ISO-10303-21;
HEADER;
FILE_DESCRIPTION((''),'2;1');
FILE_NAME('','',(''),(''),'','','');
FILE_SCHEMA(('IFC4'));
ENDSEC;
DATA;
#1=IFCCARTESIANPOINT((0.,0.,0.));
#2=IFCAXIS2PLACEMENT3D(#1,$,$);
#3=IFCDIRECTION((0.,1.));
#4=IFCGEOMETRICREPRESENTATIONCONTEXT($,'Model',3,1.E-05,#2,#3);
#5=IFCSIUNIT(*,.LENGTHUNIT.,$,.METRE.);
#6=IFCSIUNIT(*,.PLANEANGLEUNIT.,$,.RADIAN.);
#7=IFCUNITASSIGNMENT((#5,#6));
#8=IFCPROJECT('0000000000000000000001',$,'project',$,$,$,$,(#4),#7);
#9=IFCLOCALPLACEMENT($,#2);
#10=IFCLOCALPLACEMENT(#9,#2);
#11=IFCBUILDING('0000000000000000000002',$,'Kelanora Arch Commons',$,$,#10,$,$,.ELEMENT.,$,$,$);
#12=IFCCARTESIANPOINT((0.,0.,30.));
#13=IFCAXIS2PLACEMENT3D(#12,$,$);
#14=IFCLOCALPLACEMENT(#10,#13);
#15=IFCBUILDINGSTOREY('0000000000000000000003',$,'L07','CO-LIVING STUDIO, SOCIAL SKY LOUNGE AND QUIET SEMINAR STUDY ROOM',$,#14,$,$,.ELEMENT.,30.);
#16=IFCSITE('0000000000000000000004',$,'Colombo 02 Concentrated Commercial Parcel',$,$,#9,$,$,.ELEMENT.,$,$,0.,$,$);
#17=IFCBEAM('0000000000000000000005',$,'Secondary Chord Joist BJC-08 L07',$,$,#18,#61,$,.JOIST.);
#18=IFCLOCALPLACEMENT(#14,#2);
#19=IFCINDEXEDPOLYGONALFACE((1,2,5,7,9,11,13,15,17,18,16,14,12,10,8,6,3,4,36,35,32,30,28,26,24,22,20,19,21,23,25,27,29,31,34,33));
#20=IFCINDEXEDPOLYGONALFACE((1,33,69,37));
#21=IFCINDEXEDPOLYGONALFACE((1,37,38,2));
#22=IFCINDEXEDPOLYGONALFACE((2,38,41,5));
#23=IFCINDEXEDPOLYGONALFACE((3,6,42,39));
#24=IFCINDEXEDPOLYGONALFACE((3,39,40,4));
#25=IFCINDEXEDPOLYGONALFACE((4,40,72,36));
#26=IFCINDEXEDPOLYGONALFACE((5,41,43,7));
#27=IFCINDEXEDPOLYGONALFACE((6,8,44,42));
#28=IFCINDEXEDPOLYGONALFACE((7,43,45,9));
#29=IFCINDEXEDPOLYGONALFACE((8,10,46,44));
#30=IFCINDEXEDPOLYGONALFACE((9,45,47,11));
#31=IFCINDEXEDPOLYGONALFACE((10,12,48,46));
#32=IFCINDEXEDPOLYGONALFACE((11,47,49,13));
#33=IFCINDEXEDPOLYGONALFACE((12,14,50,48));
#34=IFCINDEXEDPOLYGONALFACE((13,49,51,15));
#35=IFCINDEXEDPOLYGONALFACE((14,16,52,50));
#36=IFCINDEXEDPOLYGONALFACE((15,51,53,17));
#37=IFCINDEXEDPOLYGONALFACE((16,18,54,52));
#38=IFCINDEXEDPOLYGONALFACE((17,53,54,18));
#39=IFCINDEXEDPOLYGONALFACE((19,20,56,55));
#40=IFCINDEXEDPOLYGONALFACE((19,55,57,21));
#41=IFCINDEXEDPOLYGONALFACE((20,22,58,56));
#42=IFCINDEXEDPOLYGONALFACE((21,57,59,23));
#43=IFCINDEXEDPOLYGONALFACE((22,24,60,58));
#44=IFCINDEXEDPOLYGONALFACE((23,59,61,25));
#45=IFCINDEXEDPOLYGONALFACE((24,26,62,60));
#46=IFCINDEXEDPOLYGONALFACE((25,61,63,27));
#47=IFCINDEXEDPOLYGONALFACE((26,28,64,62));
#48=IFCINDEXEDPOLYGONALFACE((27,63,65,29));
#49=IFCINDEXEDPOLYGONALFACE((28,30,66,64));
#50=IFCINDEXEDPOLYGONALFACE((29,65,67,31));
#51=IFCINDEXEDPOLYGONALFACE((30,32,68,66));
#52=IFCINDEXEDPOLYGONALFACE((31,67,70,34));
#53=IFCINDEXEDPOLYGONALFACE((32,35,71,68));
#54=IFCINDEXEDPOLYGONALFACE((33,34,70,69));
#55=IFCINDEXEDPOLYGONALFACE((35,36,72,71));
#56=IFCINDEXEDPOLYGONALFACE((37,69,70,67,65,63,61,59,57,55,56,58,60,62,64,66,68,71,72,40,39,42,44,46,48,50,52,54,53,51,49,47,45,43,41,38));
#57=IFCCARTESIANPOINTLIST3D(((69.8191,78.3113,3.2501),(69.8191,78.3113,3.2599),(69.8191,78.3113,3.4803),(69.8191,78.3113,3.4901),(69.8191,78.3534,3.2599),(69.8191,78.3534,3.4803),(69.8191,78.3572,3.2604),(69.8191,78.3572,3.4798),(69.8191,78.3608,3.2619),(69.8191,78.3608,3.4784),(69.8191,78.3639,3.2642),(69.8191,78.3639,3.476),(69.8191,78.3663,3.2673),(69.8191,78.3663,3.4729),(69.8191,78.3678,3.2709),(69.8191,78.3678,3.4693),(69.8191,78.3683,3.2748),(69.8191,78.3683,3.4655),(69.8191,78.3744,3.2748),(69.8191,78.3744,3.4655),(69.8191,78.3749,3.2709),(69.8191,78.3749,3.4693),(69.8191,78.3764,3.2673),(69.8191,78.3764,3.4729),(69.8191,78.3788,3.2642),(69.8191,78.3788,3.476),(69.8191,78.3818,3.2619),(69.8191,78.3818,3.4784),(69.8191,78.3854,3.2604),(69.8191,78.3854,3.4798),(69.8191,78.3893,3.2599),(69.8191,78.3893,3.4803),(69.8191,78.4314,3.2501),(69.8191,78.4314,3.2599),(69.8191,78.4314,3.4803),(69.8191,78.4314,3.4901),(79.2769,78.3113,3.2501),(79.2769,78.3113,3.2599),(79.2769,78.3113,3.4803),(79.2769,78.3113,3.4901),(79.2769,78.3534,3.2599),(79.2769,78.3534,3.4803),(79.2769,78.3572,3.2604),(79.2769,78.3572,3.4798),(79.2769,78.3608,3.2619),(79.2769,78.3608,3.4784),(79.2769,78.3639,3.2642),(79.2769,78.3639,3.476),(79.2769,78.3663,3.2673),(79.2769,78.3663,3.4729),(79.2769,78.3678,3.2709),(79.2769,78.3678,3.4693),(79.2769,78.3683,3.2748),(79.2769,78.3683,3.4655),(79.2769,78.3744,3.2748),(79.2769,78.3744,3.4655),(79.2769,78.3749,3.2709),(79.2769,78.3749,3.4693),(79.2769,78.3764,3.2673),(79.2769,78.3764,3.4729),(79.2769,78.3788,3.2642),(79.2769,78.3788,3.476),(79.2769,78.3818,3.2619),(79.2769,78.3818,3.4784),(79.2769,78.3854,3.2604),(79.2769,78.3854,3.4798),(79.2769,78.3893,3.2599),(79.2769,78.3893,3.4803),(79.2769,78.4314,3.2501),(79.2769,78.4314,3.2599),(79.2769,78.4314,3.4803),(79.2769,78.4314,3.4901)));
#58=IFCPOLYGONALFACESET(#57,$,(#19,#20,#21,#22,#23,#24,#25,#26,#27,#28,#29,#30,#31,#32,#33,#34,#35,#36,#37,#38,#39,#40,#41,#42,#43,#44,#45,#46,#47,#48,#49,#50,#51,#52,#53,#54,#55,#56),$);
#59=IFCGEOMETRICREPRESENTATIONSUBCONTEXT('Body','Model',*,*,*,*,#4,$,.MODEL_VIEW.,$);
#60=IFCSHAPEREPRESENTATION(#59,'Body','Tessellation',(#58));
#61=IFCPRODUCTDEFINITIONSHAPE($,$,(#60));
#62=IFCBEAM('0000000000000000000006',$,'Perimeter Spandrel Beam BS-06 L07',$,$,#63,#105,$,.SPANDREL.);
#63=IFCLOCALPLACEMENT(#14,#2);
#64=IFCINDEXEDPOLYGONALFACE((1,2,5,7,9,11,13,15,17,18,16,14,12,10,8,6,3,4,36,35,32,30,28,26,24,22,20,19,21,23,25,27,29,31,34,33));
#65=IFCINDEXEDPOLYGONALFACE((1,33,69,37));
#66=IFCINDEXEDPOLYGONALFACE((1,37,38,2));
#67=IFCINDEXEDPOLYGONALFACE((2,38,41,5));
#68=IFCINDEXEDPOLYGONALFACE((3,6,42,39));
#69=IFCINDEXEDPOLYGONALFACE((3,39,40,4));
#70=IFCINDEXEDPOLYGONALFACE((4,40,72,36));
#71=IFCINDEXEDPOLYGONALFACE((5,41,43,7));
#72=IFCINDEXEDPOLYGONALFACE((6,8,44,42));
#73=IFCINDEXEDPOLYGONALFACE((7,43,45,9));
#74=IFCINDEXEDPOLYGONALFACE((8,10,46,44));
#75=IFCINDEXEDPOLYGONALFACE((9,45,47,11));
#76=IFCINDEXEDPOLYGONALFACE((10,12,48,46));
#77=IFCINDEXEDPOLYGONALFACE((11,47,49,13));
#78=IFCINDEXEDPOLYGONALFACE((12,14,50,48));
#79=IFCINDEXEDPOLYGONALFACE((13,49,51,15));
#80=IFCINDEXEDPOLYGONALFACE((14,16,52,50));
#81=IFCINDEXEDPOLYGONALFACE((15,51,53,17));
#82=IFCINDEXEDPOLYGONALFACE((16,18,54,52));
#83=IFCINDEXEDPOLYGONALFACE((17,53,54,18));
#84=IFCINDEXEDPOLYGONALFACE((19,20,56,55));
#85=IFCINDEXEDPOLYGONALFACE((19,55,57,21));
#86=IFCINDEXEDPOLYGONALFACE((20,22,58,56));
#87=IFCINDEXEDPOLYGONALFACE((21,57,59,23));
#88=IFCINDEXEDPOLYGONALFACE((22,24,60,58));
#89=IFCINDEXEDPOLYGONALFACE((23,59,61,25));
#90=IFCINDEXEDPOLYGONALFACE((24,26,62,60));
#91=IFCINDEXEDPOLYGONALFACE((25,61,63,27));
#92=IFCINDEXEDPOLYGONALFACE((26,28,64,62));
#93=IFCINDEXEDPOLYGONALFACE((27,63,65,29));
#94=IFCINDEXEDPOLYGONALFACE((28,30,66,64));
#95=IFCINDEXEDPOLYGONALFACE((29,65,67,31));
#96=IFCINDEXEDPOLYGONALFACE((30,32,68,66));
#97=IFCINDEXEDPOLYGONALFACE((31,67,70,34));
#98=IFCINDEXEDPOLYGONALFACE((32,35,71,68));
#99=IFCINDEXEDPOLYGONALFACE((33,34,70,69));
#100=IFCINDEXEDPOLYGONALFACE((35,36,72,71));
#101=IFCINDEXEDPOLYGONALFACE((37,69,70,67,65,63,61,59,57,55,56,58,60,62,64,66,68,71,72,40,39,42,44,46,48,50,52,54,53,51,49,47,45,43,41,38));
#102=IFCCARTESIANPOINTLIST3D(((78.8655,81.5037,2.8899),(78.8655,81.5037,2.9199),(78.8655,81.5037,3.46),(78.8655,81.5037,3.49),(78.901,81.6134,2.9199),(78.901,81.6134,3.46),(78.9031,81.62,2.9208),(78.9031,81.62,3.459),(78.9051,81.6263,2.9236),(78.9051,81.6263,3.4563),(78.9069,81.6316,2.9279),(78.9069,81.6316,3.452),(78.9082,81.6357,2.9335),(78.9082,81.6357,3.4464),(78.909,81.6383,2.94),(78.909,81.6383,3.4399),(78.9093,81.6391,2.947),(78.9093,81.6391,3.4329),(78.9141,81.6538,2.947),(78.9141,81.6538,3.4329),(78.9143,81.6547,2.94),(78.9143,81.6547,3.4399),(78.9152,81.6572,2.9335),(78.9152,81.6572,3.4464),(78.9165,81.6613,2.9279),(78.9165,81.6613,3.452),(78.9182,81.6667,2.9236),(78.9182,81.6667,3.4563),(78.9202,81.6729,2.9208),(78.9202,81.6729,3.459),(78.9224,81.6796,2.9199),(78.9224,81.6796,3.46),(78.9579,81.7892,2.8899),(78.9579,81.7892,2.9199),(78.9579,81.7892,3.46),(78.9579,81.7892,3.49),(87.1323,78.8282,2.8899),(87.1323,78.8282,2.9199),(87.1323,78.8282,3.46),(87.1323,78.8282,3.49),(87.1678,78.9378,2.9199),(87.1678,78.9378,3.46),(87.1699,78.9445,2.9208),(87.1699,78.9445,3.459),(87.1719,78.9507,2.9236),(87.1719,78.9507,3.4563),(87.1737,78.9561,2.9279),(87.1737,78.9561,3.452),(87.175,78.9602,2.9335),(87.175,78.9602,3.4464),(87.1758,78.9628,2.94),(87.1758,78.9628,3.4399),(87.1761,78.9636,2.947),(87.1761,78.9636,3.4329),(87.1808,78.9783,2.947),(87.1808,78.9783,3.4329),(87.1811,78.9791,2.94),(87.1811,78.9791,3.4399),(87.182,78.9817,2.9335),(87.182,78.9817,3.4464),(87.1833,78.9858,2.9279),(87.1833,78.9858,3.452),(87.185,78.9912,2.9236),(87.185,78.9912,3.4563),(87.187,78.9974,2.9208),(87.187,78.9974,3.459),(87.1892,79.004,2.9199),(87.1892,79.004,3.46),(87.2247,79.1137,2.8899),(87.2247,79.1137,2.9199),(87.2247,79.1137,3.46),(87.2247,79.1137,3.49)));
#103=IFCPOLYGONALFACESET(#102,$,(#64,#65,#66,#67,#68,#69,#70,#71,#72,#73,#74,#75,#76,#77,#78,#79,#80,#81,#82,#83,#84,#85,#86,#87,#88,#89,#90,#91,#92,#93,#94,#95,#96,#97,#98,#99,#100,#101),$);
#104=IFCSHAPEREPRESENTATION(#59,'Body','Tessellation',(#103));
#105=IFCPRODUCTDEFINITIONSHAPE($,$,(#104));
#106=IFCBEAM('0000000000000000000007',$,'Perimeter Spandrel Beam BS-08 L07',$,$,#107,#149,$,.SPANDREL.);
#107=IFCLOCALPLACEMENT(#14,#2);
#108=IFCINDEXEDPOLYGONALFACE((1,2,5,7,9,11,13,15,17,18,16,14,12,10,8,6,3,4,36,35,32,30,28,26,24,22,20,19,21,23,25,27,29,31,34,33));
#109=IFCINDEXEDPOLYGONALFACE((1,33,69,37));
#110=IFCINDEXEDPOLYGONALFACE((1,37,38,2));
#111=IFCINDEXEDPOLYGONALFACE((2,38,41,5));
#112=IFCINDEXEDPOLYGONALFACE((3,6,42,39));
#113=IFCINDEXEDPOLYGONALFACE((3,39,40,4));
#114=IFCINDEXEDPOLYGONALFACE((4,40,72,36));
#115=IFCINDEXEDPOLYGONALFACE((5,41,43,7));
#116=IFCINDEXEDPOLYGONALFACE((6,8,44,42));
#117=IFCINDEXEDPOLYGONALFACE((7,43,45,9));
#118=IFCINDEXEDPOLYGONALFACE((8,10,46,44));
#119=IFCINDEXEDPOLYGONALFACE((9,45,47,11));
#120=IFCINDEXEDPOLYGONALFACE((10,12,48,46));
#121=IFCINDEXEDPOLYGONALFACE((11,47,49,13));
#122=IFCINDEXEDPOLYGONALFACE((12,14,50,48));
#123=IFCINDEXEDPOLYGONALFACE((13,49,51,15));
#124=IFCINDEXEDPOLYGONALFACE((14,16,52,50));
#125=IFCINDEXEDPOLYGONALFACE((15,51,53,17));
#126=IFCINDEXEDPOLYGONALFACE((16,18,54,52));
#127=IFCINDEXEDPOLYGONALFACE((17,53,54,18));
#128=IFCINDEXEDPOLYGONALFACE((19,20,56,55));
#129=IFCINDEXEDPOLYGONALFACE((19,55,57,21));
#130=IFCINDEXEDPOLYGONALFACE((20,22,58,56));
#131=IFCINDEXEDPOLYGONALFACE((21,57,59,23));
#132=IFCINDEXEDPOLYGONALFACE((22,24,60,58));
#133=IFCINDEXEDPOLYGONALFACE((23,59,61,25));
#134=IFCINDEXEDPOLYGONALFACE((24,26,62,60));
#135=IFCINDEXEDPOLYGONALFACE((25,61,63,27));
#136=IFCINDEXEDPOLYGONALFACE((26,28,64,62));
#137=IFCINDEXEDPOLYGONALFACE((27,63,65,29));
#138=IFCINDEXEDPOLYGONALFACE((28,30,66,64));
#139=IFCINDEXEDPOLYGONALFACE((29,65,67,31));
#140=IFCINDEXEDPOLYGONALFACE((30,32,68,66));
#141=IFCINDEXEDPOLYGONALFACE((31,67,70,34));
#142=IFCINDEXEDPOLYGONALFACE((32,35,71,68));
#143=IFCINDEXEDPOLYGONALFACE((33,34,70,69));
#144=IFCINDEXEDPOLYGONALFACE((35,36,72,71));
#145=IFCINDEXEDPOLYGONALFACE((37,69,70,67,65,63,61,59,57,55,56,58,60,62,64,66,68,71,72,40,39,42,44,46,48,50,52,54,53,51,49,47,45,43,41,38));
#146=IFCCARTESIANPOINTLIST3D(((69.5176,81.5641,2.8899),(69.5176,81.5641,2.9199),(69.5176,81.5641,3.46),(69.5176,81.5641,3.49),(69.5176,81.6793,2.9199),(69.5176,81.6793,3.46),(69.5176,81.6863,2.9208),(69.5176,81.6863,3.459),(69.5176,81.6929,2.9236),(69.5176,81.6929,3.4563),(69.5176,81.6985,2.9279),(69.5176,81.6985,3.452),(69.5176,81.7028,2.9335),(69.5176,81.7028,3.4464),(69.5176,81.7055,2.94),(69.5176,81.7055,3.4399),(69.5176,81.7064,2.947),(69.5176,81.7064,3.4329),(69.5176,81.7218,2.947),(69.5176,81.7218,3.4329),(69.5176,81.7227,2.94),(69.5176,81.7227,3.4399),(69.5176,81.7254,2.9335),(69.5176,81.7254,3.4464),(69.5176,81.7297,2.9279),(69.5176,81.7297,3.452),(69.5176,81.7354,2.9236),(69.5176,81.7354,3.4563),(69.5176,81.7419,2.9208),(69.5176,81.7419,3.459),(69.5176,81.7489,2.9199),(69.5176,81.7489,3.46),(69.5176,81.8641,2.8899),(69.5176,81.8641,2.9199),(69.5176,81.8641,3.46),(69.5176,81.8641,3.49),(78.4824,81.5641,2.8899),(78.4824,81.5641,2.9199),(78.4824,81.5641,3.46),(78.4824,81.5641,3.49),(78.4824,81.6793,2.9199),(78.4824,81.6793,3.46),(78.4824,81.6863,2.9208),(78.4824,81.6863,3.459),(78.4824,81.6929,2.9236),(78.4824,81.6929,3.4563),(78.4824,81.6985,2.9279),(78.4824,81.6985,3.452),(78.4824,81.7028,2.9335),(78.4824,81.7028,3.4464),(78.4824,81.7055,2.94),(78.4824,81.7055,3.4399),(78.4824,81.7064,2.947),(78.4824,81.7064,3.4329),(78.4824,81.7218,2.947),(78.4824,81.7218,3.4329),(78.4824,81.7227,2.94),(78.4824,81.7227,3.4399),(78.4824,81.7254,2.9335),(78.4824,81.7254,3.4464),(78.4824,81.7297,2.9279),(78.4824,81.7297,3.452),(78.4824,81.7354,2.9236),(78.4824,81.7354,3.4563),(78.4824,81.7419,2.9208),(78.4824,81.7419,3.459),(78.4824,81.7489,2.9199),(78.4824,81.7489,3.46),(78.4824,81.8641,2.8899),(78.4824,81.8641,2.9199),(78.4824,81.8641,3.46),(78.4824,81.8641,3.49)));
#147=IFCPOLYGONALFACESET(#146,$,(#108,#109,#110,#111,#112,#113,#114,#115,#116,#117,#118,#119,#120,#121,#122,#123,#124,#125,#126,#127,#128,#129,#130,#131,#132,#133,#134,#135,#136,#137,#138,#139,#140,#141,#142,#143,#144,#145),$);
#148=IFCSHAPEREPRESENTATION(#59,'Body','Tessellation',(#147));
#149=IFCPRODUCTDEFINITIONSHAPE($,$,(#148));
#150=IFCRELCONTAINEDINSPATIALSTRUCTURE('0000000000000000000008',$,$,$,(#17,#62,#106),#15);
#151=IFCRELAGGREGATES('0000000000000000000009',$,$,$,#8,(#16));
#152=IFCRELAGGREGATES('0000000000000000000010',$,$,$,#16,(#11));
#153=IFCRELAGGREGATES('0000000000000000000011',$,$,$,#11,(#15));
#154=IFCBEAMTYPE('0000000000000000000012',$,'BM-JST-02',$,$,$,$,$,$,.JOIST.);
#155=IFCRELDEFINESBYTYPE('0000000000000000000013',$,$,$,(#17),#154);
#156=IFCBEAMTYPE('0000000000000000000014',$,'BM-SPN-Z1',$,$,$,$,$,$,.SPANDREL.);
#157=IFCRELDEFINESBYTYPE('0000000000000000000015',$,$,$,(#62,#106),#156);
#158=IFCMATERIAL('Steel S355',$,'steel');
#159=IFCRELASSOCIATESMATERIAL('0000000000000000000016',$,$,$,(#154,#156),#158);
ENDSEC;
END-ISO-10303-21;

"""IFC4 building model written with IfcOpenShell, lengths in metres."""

from ifc_helpers import new_model, si_unit, direction, frame, origin, origin_2d, place, context, subcontext, project, spatial, i_section, extrude, material, material_profile, profile_set, type_object, element, save


model = new_model("IFC4")

# Units and contexts
model_context = context("Model", 3, precision=1e-05, world=origin(), true_north=direction((0.0, 1.0)))
body_context = subcontext(model_context, "Body", "Model", "MODEL_VIEW")
ifc_project = project(units=[si_unit("LENGTHUNIT", "METRE"), si_unit("PLANEANGLEUNIT", "RADIAN")], contexts=[model_context])

# Site, building, storey
site_placement = place(None, origin())
site = spatial("IfcSite", under=ifc_project, at=site_placement, Name="Colombo 02 Concentrated Commercial Parcel", CompositionType="ELEMENT", RefElevation=0.0)
building_placement = place(site_placement, origin())
building = spatial("IfcBuilding", under=site, at=building_placement, Name="Kelanora Arch Commons", CompositionType="ELEMENT")
storey_placement = place(building_placement, frame((0.0, 0.0, 30.0)))
storey = spatial("IfcBuildingStorey", under=building, at=storey_placement, Name="L07", Description="CO-LIVING STUDIO, SOCIAL SKY LOUNGE AND QUIET SEMINAR STUDY ROOM", CompositionType="ELEMENT", Elevation=30.0)

# Beams
ifc_material_1 = material(Name="Steel S355", Category="steel")
ifc_material_profile_1 = material_profile(ifc_material_1, i_section(OverallWidth=0.1201, OverallDepth=0.24, WebThickness=0.0061, FlangeThickness=0.0098, FilletRadius=0.0149, at=origin_2d()), Name="IPE240")
ifc_profile_set_1 = profile_set([ifc_material_profile_1], Name="Steel S355")
beam_type_1 = type_object("IfcBeamType", Name="BM-JST-02", PredefinedType="JOIST", material=ifc_profile_set_1)
beam_1_placement = place(storey_placement, frame((79.2769, 78.3713, 3.3701), z_axis=(-1.0, 0.0, 0.0), x_axis=(0.0, -1.0, 0.0)))
element("IfcBeam", 1, at=beam_1_placement, inside=storey, type_object=beam_type_1, Name="Secondary Chord Joist BJC-08 L07", PredefinedType="JOIST", context=body_context, shape_type="SweptSolid", body=[
    extrude(i_section(OverallWidth=0.1201, OverallDepth=0.24, WebThickness=0.0061, FlangeThickness=0.0098, FilletRadius=0.0149, at=origin_2d()), origin(), (0.0, 0.0, 1.0), 9.4578),
])
ifc_material_profile_2 = material_profile(ifc_material_1, i_section(OverallWidth=0.3, OverallDepth=0.6001, WebThickness=0.0154, FlangeThickness=0.03, FilletRadius=0.0271, at=origin_2d()), Name="HEB600")
ifc_profile_set_2 = profile_set([ifc_material_profile_2], Name="Steel S355")
beam_type_2 = type_object("IfcBeamType", Name="BM-SPN-Z1", PredefinedType="SPANDREL", material=ifc_profile_set_2)
beam_2_placement = place(storey_placement, frame((87.1785, 78.9709, 3.1899), z_axis=(-0.951412, 0.307921, 0.0), x_axis=(-0.307921, -0.951412, 0.0)))
element("IfcBeam", 2, at=beam_2_placement, inside=storey, type_object=beam_type_2, Name="Perimeter Spandrel Beam BS-06 L07", PredefinedType="SPANDREL", context=body_context, shape_type="SweptSolid", body=[
    extrude(i_section(OverallWidth=0.3, OverallDepth=0.6001, WebThickness=0.0154, FlangeThickness=0.03, FilletRadius=0.0271, at=origin_2d()), origin(), (0.0, 0.0, 1.0), 8.689),
])
beam_3_placement = place(storey_placement, frame((78.4824, 81.7141, 3.1899), z_axis=(-1.0, 0.0, 0.0), x_axis=(0.0, -1.0, 0.0)))
element("IfcBeam", 3, at=beam_3_placement, inside=storey, type_object=beam_type_2, Name="Perimeter Spandrel Beam BS-08 L07", PredefinedType="SPANDREL", context=body_context, shape_type="SweptSolid", body=[
    extrude(i_section(OverallWidth=0.3, OverallDepth=0.6001, WebThickness=0.0154, FlangeThickness=0.03, FilletRadius=0.0271, at=origin_2d()), origin(), (0.0, 0.0, 1.0), 8.9648),
])

save(model, "model.ifc")
